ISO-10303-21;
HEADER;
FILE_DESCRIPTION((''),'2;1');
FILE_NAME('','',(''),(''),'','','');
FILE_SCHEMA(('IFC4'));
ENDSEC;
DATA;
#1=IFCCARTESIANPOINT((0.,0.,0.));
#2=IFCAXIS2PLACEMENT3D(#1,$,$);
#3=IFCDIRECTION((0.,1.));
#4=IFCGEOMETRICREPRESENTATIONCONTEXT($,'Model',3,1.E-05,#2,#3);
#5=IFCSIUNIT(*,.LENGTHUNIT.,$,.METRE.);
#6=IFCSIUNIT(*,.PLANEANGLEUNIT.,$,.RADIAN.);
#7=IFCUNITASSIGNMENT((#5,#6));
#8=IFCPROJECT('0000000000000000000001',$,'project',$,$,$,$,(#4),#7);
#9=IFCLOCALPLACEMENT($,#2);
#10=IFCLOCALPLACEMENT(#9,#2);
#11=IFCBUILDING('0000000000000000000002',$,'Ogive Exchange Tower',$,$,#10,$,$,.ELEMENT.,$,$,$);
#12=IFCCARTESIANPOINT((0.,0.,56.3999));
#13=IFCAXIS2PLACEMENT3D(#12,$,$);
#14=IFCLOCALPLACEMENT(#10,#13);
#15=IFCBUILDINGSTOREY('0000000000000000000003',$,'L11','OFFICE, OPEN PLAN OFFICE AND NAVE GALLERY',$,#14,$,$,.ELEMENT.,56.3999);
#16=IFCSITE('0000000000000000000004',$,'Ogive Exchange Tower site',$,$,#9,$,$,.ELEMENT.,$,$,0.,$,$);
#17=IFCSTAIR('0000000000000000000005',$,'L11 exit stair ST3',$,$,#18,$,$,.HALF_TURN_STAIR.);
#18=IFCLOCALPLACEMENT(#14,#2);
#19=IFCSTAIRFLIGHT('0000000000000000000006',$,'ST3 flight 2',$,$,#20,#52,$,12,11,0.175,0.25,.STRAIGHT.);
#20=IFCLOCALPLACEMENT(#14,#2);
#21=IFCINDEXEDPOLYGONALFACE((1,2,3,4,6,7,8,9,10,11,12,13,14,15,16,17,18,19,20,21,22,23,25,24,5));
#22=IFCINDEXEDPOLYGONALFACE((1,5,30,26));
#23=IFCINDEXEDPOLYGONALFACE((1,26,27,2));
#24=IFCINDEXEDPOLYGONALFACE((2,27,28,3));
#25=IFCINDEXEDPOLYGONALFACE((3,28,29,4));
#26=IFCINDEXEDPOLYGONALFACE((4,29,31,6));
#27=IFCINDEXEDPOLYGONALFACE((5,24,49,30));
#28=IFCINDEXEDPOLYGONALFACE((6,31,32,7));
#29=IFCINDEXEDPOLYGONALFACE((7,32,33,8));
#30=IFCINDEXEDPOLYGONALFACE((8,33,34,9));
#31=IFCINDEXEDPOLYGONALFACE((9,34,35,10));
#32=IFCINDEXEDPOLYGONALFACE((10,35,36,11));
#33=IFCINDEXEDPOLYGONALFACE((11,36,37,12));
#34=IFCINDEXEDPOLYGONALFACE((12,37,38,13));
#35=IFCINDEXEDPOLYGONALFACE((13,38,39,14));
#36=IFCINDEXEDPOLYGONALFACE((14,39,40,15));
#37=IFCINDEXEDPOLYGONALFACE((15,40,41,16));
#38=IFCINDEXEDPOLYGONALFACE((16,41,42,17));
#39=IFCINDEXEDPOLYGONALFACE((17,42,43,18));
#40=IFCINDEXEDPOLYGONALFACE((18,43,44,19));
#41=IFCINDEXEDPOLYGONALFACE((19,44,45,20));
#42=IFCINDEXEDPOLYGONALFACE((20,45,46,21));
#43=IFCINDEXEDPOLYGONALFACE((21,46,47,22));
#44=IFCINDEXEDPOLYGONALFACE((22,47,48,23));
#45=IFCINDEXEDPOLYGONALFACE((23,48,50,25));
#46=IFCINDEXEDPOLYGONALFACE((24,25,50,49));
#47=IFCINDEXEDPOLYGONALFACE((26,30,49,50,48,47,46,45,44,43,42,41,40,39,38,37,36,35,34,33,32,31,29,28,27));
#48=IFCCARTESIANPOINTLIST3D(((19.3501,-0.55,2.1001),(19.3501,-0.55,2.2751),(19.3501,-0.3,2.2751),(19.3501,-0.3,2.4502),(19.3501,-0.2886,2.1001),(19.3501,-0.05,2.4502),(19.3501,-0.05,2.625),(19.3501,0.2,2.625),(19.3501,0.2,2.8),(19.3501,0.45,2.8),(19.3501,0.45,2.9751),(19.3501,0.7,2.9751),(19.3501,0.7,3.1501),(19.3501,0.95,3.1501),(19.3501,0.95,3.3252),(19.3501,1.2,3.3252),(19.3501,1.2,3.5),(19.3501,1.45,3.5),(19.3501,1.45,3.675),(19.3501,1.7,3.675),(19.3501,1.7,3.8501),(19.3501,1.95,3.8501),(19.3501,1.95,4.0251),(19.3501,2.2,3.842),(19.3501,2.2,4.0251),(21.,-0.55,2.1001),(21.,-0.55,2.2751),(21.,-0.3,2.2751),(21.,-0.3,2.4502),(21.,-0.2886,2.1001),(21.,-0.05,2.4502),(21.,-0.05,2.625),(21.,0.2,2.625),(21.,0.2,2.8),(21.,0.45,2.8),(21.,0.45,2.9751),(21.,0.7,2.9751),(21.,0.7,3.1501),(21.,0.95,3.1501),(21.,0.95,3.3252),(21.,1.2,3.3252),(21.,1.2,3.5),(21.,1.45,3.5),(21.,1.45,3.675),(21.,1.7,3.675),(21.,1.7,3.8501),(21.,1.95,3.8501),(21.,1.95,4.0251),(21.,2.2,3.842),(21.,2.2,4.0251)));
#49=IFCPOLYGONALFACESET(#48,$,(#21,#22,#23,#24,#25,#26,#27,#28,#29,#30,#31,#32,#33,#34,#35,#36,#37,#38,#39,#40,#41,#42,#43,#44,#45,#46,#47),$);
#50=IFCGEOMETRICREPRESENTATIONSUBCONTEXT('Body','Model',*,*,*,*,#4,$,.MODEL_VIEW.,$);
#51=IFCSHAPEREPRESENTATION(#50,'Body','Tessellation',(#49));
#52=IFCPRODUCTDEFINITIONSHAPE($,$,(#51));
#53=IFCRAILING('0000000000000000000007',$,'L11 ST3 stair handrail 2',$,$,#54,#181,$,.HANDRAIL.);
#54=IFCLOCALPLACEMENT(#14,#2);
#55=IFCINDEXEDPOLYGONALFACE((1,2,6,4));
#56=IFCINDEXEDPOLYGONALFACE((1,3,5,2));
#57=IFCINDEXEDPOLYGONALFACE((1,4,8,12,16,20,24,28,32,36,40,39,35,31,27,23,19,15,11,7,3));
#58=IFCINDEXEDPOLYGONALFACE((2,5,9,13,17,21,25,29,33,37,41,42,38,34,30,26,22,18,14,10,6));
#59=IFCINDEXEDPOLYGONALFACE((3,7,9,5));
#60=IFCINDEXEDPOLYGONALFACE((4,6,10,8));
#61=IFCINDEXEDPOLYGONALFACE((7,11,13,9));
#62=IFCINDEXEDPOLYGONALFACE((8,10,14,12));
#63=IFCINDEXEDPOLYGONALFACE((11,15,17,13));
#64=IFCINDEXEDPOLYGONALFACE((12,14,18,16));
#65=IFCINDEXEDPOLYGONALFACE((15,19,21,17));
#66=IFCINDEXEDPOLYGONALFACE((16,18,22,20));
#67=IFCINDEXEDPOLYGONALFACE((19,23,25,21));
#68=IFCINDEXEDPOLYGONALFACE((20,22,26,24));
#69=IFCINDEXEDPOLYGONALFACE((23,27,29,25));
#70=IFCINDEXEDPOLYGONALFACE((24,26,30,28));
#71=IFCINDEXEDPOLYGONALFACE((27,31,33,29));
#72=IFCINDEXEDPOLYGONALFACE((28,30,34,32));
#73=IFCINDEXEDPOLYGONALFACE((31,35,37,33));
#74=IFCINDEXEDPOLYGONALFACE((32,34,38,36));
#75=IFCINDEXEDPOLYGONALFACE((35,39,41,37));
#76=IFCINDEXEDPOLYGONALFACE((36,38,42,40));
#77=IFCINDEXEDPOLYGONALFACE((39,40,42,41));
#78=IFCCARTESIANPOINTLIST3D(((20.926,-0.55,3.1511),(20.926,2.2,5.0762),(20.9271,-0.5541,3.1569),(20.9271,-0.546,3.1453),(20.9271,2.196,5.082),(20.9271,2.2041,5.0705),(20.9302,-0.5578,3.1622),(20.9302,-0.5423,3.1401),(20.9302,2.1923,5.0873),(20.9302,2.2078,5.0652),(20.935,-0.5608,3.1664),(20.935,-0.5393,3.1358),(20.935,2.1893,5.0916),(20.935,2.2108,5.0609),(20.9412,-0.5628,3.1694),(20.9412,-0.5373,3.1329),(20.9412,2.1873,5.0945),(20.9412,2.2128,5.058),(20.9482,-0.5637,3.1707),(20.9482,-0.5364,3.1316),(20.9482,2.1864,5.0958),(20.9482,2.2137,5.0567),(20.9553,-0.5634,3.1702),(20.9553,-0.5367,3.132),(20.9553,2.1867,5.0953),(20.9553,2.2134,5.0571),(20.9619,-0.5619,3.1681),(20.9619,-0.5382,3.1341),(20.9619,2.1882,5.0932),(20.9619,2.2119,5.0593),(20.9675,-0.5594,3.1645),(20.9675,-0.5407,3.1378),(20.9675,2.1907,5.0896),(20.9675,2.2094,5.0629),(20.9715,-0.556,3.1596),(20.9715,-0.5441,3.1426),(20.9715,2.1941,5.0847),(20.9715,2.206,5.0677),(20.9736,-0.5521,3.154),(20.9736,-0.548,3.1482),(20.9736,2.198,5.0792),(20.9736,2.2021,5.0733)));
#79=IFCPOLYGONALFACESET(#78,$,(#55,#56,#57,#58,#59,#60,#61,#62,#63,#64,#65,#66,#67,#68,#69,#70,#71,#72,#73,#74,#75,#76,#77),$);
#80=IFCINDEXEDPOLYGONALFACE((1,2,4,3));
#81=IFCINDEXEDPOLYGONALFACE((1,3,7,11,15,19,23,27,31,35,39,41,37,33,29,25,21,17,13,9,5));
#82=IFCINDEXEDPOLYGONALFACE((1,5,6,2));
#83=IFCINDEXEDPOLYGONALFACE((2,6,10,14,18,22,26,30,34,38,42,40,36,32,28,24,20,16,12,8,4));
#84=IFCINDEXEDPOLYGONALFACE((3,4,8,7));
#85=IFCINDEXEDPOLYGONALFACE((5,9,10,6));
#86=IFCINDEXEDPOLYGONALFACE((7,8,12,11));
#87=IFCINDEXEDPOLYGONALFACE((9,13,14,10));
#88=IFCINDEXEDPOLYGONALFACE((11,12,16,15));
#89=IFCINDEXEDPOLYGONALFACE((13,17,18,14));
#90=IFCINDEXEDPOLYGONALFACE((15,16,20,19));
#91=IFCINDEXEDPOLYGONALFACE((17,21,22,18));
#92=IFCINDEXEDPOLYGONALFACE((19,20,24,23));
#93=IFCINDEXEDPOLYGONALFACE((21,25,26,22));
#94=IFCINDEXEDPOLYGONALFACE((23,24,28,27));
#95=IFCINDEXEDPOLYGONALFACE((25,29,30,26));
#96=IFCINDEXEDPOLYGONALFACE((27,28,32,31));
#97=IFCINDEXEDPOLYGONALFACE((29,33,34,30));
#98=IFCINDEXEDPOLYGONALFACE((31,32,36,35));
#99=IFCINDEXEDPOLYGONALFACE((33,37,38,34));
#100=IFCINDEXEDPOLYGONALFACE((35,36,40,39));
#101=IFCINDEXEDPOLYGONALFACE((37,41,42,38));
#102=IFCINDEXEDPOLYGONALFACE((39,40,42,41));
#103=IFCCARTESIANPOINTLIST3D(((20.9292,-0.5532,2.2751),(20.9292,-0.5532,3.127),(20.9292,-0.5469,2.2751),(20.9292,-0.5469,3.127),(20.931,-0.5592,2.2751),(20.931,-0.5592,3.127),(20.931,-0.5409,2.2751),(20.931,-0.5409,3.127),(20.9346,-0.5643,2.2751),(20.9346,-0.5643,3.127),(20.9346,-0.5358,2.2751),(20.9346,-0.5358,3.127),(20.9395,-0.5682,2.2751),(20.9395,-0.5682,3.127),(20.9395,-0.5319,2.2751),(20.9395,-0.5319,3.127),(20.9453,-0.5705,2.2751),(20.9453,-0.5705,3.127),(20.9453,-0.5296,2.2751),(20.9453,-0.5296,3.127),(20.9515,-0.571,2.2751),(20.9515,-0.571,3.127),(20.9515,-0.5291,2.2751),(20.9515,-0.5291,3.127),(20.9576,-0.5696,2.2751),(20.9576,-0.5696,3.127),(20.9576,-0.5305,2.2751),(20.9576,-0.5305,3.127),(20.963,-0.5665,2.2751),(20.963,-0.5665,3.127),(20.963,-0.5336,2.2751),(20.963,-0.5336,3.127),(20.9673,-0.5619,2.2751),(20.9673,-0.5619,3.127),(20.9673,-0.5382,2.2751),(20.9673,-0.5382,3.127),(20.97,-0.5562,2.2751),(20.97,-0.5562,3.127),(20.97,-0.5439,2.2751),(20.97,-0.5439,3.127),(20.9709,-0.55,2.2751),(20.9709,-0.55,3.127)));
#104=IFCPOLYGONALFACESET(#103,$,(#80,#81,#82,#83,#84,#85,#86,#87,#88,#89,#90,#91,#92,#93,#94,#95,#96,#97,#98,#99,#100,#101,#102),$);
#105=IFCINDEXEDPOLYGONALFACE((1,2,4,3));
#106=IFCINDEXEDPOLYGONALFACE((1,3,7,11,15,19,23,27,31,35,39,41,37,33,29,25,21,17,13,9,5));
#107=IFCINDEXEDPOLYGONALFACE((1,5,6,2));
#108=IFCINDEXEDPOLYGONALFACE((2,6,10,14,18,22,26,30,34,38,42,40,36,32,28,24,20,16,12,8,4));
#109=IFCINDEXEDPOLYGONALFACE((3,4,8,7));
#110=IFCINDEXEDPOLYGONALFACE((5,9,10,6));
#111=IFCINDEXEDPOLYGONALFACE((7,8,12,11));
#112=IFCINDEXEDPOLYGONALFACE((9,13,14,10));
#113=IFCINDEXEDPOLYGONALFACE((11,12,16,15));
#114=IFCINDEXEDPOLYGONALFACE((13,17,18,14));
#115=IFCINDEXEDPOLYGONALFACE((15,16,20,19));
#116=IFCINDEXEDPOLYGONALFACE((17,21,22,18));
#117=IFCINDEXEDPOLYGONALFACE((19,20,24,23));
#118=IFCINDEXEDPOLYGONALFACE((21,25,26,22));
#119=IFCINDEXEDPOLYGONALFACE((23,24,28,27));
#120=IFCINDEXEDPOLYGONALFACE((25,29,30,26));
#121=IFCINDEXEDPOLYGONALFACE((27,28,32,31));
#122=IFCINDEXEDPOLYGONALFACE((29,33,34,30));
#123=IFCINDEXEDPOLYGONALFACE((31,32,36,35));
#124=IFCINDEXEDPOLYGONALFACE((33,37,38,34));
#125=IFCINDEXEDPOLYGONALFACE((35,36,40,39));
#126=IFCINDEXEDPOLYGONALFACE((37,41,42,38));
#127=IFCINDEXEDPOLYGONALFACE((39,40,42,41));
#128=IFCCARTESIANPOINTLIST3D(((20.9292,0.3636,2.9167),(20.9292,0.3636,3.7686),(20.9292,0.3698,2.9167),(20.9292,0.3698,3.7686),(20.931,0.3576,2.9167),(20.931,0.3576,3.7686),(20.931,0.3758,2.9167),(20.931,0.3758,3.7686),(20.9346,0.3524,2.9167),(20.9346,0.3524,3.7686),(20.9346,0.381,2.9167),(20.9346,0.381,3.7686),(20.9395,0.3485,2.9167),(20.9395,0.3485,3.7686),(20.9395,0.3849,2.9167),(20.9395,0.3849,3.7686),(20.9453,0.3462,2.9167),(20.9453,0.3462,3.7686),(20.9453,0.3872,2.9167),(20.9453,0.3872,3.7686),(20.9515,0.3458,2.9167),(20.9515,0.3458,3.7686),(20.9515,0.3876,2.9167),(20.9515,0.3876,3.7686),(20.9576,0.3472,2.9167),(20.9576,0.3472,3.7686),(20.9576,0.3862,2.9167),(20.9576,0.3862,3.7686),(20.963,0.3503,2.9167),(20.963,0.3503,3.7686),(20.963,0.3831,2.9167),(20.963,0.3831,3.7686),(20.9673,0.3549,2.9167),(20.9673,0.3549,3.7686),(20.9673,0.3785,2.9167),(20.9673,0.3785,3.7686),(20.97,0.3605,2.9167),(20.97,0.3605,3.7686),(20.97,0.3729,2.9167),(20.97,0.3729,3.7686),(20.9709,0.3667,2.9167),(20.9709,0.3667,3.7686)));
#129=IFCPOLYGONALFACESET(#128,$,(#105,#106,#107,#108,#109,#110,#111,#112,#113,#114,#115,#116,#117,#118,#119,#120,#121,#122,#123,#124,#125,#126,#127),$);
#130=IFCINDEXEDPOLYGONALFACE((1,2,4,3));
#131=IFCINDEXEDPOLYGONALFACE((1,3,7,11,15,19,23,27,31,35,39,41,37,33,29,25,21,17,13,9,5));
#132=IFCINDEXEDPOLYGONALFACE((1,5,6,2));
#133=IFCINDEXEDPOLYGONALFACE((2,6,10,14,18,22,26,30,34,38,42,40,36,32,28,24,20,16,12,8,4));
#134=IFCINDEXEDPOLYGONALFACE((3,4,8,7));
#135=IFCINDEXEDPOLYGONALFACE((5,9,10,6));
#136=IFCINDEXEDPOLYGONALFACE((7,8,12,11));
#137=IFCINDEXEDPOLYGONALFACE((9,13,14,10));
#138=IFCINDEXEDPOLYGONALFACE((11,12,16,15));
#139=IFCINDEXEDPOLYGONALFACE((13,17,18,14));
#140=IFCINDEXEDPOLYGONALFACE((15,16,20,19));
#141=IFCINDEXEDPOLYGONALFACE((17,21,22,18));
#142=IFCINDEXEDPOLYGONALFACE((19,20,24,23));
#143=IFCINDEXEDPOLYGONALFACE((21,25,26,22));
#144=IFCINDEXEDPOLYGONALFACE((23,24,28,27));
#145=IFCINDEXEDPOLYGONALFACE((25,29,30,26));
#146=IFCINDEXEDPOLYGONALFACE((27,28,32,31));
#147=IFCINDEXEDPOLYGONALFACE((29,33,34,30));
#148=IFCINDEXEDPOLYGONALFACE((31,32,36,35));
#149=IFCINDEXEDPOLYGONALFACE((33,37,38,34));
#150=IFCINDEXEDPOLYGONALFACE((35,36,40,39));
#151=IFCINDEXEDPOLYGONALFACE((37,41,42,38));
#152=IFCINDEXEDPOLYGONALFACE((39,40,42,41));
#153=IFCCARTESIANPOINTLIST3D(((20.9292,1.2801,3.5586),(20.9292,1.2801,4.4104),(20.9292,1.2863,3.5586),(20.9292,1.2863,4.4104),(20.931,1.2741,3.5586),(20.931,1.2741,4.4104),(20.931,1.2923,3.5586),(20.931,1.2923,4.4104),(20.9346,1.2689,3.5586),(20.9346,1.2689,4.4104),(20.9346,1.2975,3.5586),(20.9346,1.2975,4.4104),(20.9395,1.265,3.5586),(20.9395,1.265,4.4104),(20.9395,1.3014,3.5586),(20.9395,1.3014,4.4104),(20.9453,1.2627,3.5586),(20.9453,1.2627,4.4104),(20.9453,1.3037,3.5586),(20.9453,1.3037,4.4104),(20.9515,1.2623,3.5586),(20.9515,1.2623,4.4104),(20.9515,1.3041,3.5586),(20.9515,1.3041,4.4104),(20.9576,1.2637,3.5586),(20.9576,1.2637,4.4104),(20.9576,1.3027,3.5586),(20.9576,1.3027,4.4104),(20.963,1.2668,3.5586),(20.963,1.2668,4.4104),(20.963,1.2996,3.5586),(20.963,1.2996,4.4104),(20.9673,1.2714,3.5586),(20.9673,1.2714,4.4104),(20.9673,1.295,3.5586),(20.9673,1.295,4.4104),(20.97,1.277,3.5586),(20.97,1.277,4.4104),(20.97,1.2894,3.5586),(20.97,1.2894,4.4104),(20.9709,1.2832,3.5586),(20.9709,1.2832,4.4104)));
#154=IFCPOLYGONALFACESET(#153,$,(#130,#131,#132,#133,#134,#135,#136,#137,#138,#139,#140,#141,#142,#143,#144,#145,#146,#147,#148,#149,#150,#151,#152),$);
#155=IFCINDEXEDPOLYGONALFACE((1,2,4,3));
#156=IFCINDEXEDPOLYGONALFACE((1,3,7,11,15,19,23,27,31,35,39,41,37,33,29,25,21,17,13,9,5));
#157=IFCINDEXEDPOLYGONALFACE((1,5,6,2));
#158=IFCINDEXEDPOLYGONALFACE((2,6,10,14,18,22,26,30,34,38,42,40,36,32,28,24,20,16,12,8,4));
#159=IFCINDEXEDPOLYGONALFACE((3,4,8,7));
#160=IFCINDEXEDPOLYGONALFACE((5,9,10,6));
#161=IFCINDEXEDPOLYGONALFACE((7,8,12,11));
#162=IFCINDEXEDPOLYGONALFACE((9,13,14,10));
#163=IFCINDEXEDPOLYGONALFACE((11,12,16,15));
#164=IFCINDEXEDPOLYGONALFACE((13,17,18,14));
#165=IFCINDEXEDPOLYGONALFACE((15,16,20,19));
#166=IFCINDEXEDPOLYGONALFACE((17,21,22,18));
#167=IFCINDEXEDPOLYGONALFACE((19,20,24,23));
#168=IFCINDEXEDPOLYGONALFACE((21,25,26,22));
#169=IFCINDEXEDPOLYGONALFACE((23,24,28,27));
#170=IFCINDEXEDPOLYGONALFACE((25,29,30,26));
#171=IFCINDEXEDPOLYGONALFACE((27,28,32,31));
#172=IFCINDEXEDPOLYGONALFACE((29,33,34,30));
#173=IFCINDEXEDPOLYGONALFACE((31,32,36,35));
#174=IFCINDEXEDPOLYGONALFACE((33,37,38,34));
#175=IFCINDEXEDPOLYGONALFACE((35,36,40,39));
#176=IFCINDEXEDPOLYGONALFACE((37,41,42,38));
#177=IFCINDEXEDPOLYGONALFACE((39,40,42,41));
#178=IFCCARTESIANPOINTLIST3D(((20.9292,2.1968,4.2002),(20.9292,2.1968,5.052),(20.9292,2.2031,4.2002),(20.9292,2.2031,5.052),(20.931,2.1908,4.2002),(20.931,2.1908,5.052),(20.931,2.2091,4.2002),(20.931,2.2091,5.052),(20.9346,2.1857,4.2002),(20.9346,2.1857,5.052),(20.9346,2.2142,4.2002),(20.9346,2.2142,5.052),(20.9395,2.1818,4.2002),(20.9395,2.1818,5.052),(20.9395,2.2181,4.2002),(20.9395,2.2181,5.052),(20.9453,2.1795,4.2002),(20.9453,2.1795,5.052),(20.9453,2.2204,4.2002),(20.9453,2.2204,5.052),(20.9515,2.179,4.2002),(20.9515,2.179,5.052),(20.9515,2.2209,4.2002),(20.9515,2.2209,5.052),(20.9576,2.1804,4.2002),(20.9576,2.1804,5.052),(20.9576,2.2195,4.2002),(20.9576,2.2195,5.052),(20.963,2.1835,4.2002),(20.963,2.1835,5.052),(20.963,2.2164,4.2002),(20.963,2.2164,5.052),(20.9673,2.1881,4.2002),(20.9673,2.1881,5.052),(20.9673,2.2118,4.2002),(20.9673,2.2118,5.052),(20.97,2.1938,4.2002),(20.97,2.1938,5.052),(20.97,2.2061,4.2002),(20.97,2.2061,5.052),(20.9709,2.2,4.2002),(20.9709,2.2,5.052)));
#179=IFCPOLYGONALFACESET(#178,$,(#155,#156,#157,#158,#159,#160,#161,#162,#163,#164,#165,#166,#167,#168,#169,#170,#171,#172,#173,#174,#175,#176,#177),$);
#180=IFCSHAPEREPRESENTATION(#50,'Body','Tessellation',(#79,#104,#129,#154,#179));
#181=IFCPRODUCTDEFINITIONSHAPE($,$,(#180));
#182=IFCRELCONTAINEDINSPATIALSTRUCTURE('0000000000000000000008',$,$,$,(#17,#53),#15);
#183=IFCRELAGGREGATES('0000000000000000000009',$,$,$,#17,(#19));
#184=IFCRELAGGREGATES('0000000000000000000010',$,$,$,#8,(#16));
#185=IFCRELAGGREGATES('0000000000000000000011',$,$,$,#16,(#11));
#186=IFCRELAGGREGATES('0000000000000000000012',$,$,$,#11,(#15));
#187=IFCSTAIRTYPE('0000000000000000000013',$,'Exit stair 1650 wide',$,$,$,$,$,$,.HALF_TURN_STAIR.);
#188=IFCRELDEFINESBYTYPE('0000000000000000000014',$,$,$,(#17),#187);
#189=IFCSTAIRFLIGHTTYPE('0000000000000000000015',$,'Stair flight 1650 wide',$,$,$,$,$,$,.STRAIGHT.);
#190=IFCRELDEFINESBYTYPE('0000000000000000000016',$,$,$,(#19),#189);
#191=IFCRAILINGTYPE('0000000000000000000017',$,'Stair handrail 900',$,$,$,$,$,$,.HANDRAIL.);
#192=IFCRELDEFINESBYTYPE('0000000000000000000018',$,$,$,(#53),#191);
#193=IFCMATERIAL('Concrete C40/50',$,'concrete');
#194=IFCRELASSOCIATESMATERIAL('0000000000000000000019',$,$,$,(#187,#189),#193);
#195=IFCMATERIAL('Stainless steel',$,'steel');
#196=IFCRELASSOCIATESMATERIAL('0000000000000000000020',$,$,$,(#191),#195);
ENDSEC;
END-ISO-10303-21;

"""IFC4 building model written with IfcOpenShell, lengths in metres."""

from ifc_helpers import new_model, si_unit, direction, frame, origin, origin_2d, place, context, subcontext, project, spatial, polyline, circle, outline, extrude, material, type_object, element, aggregate, save


model = new_model("IFC4")

# Units and contexts
model_context = context("Model", 3, precision=1e-05, world=origin(), true_north=direction((0.0, 1.0)))
body_context = subcontext(model_context, "Body", "Model", "MODEL_VIEW")
ifc_project = project(units=[si_unit("LENGTHUNIT", "METRE"), si_unit("PLANEANGLEUNIT", "RADIAN")], contexts=[model_context])

# Site, building, storey
site_placement = place(None, origin())
site = spatial("IfcSite", under=ifc_project, at=site_placement, Name="Ogive Exchange Tower site", CompositionType="ELEMENT", RefElevation=0.0)
building_placement = place(site_placement, origin())
building = spatial("IfcBuilding", under=site, at=building_placement, Name="Ogive Exchange Tower", CompositionType="ELEMENT")
storey_placement = place(building_placement, frame((0.0, 0.0, 56.3999)))
storey = spatial("IfcBuildingStorey", under=building, at=storey_placement, Name="L11", Description="OFFICE, OPEN PLAN OFFICE AND NAVE GALLERY", CompositionType="ELEMENT", Elevation=56.3999)

# Stair, stair flight
ifc_material_1 = material(Name="Concrete C40/50", Category="concrete")
stair_type = type_object("IfcStairType", Name="Exit stair 1650 wide", PredefinedType="HALF_TURN_STAIR", material=ifc_material_1)
stair_placement = place(storey_placement, origin())
stair = element("IfcStair", 1, at=stair_placement, inside=storey, type_object=stair_type, Name="L11 exit stair ST3", PredefinedType="HALF_TURN_STAIR")
stair_flight_type = type_object("IfcStairFlightType", Name="Stair flight 1650 wide", PredefinedType="STRAIGHT", material=ifc_material_1)
stair_flight_placement = place(storey_placement, frame((20.175, -0.55, 2.1001), z_axis=(0.0, 0.0, 1.0), x_axis=(0.0, 1.0, 0.0)))
stair_flight = element("IfcStairFlight", 2, at=stair_flight_placement, type_object=stair_flight_type, Name="ST3 flight 2", NumberOfRisers=12, NumberOfTreads=11, PredefinedType="STRAIGHT", RiserHeight=0.175, TreadLength=0.25, context=body_context, shape_type="SweptSolid", body=[
    extrude(outline(polyline([(0.0, 0.0), (0.0, 0.175), (0.25, 0.175), (0.25, 0.3501), (0.5, 0.3501), (0.5, 0.5249), (0.75, 0.5249), (0.75, 0.7), (1.0, 0.7), (1.0, 0.875), (1.25, 0.875), (1.25, 1.05), (1.5, 1.05), (1.5, 1.2251), (1.75, 1.2251), (1.75, 1.3999), (2.0, 1.3999), (2.0, 1.575), (2.25, 1.575), (2.25, 1.75), (2.5, 1.75), (2.5, 1.925), (2.75, 1.925), (2.75, 2.1001), (2.75, 1.7419), (0.2615, 0.0), (0.0, 0.0)])), frame((0.0, 0.825, 0.0), z_axis=(0.0, -1.0, 0.0), x_axis=(1.0, 0.0, 0.0)), (0.0, 0.0, 1.0), 1.6499),
])
aggregate(stair, [stair_flight])

# Railing
ifc_material_2 = material(Name="Stainless steel", Category="steel")
railing_type = type_object("IfcRailingType", Name="Stair handrail 900", PredefinedType="HANDRAIL", material=ifc_material_2)
railing_placement = place(storey_placement, frame((20.95, -0.55, 2.2751)))
element("IfcRailing", 3, at=railing_placement, inside=storey, type_object=railing_type, Name="L11 ST3 stair handrail 2", PredefinedType="HANDRAIL", context=body_context, shape_type="SweptSolid", body=[
    extrude(circle(Radius=0.0239, at=origin_2d()), frame((0.0, 0.0, 0.876), z_axis=(0.0, 0.819225, 0.573472), x_axis=(-1.0, 0.0, 0.0)), (0.0, 0.0, 1.0), 3.3569),
    extrude(circle(Radius=0.021, at=origin_2d()), origin(), (0.0, 0.0, 1.0), 0.8518),
    extrude(circle(Radius=0.021, at=origin_2d()), frame((0.0, 0.9167, 0.6416)), (0.0, 0.0, 1.0), 0.8518),
    extrude(circle(Radius=0.021, at=origin_2d()), frame((0.0, 1.8333, 1.2834)), (0.0, 0.0, 1.0), 0.8518),
    extrude(circle(Radius=0.021, at=origin_2d()), frame((0.0, 2.75, 1.925)), (0.0, 0.0, 1.0), 0.8518),
])

save(model, "model.ifc")
